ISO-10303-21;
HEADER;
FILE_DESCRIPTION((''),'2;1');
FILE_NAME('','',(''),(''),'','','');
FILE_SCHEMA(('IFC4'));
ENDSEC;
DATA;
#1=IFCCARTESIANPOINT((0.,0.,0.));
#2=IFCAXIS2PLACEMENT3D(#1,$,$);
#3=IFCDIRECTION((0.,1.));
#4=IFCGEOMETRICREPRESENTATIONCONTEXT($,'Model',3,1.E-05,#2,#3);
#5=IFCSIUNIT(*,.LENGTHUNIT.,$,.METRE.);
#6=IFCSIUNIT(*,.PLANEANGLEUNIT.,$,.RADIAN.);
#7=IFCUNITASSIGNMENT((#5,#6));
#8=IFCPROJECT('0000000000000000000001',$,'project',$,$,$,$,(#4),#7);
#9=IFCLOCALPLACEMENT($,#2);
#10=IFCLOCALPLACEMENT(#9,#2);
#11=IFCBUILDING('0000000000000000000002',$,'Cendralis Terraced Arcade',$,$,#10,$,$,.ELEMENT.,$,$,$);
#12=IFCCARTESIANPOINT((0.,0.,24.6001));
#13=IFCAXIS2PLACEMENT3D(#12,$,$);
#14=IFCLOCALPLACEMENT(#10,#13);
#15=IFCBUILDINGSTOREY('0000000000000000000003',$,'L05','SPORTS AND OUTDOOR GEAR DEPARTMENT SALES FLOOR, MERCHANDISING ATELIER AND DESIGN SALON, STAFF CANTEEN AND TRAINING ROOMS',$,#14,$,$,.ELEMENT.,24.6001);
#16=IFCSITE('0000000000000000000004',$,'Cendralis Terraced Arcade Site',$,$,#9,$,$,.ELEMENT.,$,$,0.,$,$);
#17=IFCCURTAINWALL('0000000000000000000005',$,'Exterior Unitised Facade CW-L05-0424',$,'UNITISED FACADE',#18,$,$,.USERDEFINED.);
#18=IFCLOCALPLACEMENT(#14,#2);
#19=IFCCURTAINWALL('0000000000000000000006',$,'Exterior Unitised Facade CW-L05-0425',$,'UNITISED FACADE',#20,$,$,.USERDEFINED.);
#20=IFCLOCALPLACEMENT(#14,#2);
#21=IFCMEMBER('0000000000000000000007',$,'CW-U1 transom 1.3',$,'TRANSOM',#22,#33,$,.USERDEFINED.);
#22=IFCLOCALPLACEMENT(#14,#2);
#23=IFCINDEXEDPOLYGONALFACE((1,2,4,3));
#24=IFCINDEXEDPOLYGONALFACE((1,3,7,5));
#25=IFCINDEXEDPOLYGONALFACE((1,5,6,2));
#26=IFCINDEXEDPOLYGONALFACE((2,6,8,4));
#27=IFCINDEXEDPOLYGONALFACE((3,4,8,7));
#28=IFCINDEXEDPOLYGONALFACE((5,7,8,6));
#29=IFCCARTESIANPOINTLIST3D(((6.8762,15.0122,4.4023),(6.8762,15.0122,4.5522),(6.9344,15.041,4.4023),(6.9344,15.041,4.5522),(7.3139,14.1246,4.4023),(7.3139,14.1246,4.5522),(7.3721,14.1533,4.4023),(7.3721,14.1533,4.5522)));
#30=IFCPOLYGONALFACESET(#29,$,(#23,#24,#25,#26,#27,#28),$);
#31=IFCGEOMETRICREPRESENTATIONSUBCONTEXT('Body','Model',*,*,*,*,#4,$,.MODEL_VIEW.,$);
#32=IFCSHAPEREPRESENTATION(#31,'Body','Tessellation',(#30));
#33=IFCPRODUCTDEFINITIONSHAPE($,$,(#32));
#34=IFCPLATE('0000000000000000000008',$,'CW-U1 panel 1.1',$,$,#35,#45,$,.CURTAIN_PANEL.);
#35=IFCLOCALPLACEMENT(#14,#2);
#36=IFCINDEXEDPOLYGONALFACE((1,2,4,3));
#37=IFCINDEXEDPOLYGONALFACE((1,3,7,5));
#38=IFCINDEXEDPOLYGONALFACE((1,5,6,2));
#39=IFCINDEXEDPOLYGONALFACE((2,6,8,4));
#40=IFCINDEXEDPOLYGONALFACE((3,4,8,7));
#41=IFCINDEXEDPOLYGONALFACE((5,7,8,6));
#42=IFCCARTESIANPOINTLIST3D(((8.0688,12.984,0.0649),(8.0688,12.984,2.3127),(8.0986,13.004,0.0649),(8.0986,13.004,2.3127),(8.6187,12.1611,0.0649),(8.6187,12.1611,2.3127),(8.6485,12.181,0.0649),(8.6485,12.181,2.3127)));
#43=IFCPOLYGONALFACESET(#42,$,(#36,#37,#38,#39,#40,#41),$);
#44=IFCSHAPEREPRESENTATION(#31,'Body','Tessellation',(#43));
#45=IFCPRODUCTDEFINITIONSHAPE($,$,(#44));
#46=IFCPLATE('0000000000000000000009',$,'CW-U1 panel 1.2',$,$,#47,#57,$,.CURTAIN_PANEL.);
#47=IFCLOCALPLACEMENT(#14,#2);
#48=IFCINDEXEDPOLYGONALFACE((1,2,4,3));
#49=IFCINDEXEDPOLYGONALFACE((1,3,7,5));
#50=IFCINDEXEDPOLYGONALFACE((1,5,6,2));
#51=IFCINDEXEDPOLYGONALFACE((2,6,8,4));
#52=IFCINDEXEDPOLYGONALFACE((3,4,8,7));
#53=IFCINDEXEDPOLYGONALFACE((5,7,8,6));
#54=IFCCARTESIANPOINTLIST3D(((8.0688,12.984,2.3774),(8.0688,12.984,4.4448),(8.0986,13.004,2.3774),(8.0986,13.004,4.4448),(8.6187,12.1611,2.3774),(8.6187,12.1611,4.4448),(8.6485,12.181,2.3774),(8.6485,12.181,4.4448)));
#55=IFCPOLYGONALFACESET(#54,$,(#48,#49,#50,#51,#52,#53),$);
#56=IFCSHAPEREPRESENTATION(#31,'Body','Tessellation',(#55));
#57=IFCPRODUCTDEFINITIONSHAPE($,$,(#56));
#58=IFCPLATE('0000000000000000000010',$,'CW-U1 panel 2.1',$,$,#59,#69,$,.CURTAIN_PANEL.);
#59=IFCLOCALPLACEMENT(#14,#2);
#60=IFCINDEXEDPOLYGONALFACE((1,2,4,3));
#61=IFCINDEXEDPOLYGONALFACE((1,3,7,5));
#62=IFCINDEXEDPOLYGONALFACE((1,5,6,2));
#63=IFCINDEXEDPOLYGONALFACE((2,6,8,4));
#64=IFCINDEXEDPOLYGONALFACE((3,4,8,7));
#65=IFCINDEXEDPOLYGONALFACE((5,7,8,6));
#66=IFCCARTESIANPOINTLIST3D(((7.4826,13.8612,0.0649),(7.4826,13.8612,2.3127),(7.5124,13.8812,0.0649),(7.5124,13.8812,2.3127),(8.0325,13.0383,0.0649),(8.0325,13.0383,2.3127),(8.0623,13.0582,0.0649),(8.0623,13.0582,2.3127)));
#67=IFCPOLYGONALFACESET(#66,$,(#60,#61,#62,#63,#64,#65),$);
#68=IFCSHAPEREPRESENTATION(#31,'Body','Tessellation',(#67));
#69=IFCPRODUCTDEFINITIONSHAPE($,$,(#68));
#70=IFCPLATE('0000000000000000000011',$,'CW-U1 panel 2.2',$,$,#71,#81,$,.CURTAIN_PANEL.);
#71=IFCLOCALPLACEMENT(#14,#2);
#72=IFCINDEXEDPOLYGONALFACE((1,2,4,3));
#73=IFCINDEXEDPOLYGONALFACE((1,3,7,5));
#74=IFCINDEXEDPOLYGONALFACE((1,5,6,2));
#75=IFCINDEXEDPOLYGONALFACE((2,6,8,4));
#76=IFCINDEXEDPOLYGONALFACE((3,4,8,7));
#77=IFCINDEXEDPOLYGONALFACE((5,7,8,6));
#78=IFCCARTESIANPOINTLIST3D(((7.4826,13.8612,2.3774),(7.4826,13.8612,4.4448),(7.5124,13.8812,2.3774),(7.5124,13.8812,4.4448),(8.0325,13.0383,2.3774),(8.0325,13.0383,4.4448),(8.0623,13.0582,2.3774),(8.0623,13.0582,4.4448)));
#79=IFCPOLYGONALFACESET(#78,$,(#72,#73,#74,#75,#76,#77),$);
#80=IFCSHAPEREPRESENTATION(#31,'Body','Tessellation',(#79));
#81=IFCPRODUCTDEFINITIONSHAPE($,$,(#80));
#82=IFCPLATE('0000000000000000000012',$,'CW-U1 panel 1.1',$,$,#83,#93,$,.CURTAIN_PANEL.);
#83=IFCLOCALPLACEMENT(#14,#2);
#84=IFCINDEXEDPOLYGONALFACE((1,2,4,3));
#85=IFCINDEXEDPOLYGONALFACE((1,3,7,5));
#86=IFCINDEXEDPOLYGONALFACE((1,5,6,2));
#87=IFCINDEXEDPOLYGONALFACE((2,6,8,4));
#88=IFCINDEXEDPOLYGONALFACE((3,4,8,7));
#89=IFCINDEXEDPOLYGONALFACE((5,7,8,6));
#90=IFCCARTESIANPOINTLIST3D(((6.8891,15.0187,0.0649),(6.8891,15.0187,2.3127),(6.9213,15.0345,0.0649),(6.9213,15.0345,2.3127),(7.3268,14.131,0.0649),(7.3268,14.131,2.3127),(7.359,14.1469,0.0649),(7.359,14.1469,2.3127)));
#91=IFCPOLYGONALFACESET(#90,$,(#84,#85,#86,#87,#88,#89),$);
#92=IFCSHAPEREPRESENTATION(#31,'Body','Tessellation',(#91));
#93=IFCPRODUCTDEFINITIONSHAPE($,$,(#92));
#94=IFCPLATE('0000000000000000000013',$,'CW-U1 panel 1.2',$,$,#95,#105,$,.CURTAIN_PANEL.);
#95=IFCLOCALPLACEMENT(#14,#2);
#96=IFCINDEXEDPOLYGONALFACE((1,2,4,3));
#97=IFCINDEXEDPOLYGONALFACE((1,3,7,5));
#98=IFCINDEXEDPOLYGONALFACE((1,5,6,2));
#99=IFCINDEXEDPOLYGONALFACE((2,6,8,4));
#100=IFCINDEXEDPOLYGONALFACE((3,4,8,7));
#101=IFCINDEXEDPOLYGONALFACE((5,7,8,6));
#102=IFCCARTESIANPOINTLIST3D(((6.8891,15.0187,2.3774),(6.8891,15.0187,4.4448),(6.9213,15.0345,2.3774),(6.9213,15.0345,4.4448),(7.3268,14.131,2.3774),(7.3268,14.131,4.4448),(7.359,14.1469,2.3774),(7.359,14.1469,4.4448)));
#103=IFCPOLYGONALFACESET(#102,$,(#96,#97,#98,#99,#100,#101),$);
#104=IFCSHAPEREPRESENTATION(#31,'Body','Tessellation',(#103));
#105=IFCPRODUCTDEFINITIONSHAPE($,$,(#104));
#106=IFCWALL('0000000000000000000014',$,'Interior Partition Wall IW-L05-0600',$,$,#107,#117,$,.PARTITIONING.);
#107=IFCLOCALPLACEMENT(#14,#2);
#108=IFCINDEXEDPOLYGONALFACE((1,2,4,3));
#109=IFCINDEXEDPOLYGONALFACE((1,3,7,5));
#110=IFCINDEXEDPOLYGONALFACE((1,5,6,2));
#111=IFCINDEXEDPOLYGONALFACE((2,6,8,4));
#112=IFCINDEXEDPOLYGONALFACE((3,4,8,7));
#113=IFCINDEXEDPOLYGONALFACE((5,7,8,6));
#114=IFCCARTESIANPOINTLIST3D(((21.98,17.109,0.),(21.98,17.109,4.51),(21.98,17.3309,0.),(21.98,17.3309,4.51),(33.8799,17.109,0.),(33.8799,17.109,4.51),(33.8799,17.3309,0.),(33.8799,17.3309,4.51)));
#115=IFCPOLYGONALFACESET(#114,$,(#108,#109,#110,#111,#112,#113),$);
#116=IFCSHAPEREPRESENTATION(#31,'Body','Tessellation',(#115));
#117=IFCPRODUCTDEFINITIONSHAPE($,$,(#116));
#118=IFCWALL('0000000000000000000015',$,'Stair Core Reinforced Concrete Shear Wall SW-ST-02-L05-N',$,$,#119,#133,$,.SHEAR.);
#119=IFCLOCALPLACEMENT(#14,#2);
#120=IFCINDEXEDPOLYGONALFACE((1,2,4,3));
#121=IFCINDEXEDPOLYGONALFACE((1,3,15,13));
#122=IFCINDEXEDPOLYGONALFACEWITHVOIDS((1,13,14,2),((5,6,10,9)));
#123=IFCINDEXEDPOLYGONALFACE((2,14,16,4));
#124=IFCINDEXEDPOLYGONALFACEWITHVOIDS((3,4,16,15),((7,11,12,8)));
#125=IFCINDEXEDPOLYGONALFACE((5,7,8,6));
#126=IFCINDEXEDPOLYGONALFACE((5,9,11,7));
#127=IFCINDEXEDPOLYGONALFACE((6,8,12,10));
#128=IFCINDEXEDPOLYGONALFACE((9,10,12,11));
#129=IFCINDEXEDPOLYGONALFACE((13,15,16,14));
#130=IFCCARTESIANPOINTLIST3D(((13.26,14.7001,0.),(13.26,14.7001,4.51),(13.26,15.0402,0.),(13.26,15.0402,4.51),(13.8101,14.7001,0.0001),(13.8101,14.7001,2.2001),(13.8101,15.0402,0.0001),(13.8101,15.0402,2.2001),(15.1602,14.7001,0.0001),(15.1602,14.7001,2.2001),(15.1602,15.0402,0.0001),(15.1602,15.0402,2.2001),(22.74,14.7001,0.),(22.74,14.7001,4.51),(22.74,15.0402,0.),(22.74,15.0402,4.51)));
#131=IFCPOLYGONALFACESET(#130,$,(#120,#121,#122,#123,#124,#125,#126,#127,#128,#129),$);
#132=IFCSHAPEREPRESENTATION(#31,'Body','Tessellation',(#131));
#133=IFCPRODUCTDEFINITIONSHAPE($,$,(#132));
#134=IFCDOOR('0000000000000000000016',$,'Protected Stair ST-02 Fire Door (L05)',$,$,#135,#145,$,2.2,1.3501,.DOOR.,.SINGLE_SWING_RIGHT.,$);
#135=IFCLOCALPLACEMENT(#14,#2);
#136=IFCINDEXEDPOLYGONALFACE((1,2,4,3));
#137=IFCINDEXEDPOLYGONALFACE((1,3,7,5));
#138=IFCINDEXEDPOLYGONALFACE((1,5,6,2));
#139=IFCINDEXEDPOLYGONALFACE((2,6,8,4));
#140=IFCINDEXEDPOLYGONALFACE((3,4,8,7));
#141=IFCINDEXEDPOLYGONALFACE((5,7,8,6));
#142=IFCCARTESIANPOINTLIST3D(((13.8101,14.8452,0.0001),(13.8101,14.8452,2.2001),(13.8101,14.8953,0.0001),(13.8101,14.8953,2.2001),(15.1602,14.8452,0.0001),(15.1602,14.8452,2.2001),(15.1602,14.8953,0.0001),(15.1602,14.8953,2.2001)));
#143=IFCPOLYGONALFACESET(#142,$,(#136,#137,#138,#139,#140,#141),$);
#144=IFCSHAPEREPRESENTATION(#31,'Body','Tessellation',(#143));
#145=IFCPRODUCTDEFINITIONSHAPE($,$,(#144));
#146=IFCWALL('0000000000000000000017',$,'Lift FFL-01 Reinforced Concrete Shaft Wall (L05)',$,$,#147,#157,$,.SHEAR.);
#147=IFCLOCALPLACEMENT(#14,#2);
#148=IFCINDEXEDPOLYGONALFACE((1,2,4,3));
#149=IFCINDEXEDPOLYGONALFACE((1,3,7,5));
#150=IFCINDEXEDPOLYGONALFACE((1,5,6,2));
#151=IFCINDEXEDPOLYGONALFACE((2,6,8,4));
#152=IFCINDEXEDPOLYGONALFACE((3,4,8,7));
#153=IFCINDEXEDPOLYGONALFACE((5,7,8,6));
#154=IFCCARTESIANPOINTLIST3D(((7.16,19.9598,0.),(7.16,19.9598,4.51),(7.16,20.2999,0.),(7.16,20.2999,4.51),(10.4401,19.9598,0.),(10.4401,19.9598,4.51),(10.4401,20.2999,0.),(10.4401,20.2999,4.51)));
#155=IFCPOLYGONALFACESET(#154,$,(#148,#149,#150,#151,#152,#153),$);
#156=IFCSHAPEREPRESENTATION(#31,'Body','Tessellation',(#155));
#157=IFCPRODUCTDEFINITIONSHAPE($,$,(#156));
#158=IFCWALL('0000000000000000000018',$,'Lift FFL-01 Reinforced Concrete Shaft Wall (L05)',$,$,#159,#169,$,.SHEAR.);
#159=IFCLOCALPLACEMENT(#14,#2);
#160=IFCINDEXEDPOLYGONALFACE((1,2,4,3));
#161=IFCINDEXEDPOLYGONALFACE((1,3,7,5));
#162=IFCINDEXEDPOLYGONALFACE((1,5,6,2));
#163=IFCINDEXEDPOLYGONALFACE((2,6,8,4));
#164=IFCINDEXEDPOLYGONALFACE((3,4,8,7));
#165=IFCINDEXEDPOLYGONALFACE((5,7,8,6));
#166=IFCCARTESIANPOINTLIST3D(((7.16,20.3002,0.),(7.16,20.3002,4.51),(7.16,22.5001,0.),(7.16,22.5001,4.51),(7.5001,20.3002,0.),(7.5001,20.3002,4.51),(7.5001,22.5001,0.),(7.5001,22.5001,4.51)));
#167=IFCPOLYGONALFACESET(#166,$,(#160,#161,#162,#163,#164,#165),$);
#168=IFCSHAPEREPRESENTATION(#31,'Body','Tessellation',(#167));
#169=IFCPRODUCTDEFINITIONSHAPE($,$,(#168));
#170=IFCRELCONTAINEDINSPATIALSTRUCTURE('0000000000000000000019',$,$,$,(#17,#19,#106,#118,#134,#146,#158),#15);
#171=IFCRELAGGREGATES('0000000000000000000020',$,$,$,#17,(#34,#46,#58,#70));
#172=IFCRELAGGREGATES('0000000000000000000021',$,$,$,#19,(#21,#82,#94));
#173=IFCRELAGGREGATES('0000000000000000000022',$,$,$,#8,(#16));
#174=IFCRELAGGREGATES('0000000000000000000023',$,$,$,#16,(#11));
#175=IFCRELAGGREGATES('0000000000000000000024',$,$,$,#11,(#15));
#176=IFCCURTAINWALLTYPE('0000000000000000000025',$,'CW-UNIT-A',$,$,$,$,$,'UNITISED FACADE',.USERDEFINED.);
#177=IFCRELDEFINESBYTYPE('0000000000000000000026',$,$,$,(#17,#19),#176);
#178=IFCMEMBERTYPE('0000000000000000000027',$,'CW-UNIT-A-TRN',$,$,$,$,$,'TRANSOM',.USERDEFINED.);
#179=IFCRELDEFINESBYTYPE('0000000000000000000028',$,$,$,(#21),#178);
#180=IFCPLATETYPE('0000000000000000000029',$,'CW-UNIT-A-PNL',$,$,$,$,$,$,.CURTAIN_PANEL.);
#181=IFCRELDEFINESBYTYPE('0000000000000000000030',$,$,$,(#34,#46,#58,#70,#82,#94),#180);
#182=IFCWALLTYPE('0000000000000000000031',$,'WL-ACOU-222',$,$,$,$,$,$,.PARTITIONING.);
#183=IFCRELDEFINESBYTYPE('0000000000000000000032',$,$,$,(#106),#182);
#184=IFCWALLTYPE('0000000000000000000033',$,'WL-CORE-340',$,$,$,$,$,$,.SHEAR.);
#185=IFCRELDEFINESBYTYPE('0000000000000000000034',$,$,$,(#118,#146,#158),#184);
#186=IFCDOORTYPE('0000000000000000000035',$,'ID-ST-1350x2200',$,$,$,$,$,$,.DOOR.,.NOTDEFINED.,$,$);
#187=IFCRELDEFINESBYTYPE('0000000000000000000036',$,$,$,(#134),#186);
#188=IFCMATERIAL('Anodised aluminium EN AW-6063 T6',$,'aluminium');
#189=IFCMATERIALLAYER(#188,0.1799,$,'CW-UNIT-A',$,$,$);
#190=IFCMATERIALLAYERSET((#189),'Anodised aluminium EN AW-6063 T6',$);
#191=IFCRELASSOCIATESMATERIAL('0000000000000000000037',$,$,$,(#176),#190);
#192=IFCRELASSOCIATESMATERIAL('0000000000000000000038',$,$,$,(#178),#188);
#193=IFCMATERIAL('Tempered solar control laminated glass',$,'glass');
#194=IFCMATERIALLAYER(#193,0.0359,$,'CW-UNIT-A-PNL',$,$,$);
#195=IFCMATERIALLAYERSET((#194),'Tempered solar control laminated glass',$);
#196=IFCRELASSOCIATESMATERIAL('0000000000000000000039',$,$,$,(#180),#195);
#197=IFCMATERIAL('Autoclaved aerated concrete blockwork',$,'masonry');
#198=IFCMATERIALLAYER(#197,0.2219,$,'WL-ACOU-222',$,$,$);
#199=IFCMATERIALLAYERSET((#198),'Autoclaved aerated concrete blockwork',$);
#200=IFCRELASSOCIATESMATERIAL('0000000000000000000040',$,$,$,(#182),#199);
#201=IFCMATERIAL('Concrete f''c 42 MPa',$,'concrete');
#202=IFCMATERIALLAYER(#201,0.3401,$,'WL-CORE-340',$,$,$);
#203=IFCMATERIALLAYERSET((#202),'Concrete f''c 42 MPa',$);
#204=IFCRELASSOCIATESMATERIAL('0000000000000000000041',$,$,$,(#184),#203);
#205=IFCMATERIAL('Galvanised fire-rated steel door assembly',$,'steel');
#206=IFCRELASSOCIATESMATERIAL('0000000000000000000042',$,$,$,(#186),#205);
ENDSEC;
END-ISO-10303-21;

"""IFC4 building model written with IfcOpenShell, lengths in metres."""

from ifc_helpers import new_model, si_unit, direction, frame, frame_2d, origin, origin_2d, place, context, subcontext, project, spatial, rectangle, extrude, material, layer, layer_set, material_profile, profile_set, type_object, element, fill, aggregate, save


model = new_model("IFC4")

# Units and contexts
model_context = context("Model", 3, precision=1e-05, world=origin(), true_north=direction((0.0, 1.0)))
body_context = subcontext(model_context, "Body", "Model", "MODEL_VIEW")
ifc_project = project(units=[si_unit("LENGTHUNIT", "METRE"), si_unit("PLANEANGLEUNIT", "RADIAN")], contexts=[model_context])

# Site, building, storey
site_placement = place(None, origin())
site = spatial("IfcSite", under=ifc_project, at=site_placement, Name="Cendralis Terraced Arcade Site", CompositionType="ELEMENT", RefElevation=0.0)
building_placement = place(site_placement, origin())
building = spatial("IfcBuilding", under=site, at=building_placement, Name="Cendralis Terraced Arcade", CompositionType="ELEMENT")
storey_placement = place(building_placement, frame((0.0, 0.0, 24.6001)))
storey = spatial("IfcBuildingStorey", under=building, at=storey_placement, Name="L05", Description="SPORTS AND OUTDOOR GEAR DEPARTMENT SALES FLOOR, MERCHANDISING ATELIER AND DESIGN SALON, STAFF CANTEEN AND TRAINING ROOMS", CompositionType="ELEMENT", Elevation=24.6001)

# Shared definitions
ifc_material_1 = material(Name="Concrete f'c 42 MPa", Category="concrete")

# Curtain wall
ifc_material_2 = material(Name="Anodised aluminium EN AW-6063 T6", Category="aluminium")
ifc_layer_1 = layer(ifc_material_2, 0.1799, Name="CW-UNIT-A")
ifc_layer_set_1 = layer_set([ifc_layer_1], Name="Anodised aluminium EN AW-6063 T6")
curtain_wall_type = type_object("IfcCurtainWallType", Name="CW-UNIT-A", ElementType="UNITISED FACADE", PredefinedType="USERDEFINED", material=ifc_layer_set_1)
curtain_wall_1_placement = place(storey_placement, origin())
curtain_wall_1 = element("IfcCurtainWall", 1, at=curtain_wall_1_placement, inside=storey, type_object=curtain_wall_type, Name="Exterior Unitised Facade CW-L05-0424", ObjectType="UNITISED FACADE", PredefinedType="USERDEFINED")

# Curtain wall
curtain_wall_2_placement = place(storey_placement, origin())
curtain_wall_2 = element("IfcCurtainWall", 2, at=curtain_wall_2_placement, inside=storey, type_object=curtain_wall_type, Name="Exterior Unitised Facade CW-L05-0425", ObjectType="UNITISED FACADE", PredefinedType="USERDEFINED")

# Member
ifc_material_profile_1 = material_profile(ifc_material_2, rectangle(XDim=0.0649, YDim=0.1499, at=origin_2d()), Name="ALU-TRN-65x150")
ifc_profile_set_1 = profile_set([ifc_material_profile_1], Name="Anodised aluminium EN AW-6063 T6")
member_type_1 = type_object("IfcMemberType", Name="CW-UNIT-A-TRN", ElementType="TRANSOM", PredefinedType="USERDEFINED", material=ifc_profile_set_1)
member_1_placement = place(storey_placement, frame((7.343, 14.1389, 4.4773), z_axis=(-0.442273, 0.89688, 0.0), x_axis=(-0.89688, -0.442273, 0.0)))
member_1 = element("IfcMember", 3, at=member_1_placement, type_object=member_type_1, Name="CW-U1 transom 1.3", ObjectType="TRANSOM", PredefinedType="USERDEFINED", context=body_context, shape_type="SweptSolid", body=[
    extrude(rectangle(XDim=0.0649, YDim=0.1499, at=origin_2d()), origin(), (0.0, 0.0, 1.0), 0.9897),
])

# Plates
ifc_material_3 = material(Name="Tempered solar control laminated glass", Category="glass")
ifc_layer_2 = layer(ifc_material_3, 0.0359, Name="CW-UNIT-A-PNL")
ifc_layer_set_2 = layer_set([ifc_layer_2], Name="Tempered solar control laminated glass")
plate_type = type_object("IfcPlateType", Name="CW-UNIT-A-PNL", PredefinedType="CURTAIN_PANEL", material=ifc_layer_set_2)
plate_1_placement = place(storey_placement, frame((8.3586, 12.5825, 0.0649), z_axis=(0.0, 0.0, 1.0), x_axis=(-0.555559, 0.831477, 0.0)))
plate_1 = element("IfcPlate", 4, at=plate_1_placement, type_object=plate_type, Name="CW-U1 panel 1.1", PredefinedType="CURTAIN_PANEL", context=body_context, shape_type="SweptSolid", body=[
    extrude(rectangle(XDim=0.9897, YDim=0.0359, at=origin_2d()), origin(), (0.0, 0.0, 1.0), 2.2478),
])
plate_2_placement = place(storey_placement, frame((8.3586, 12.5825, 2.3774), z_axis=(0.0, 0.0, 1.0), x_axis=(-0.555559, 0.831477, 0.0)))
plate_2 = element("IfcPlate", 5, at=plate_2_placement, type_object=plate_type, Name="CW-U1 panel 1.2", PredefinedType="CURTAIN_PANEL", context=body_context, shape_type="SweptSolid", body=[
    extrude(rectangle(XDim=0.9897, YDim=0.0359, at=origin_2d()), origin(), (0.0, 0.0, 1.0), 2.0674),
])
plate_3_placement = place(storey_placement, frame((7.7725, 13.4597, 0.0649), z_axis=(0.0, 0.0, 1.0), x_axis=(-0.555559, 0.831477, 0.0)))
plate_3 = element("IfcPlate", 6, at=plate_3_placement, type_object=plate_type, Name="CW-U1 panel 2.1", PredefinedType="CURTAIN_PANEL", context=body_context, shape_type="SweptSolid", body=[
    extrude(rectangle(XDim=0.9897, YDim=0.0359, at=origin_2d()), origin(), (0.0, 0.0, 1.0), 2.2478),
])
plate_4_placement = place(storey_placement, frame((7.7725, 13.4597, 2.3774), z_axis=(0.0, 0.0, 1.0), x_axis=(-0.555559, 0.831477, 0.0)))
plate_4 = element("IfcPlate", 7, at=plate_4_placement, type_object=plate_type, Name="CW-U1 panel 2.2", PredefinedType="CURTAIN_PANEL", context=body_context, shape_type="SweptSolid", body=[
    extrude(rectangle(XDim=0.9897, YDim=0.0359, at=origin_2d()), origin(), (0.0, 0.0, 1.0), 2.0674),
])
aggregate(curtain_wall_1, [plate_1, plate_2, plate_3, plate_4])
plate_5_placement = place(storey_placement, frame((7.124, 14.5828, 0.0649), z_axis=(0.0, 0.0, 1.0), x_axis=(-0.442259, 0.896888, 0.0)))
plate_5 = element("IfcPlate", 8, at=plate_5_placement, type_object=plate_type, Name="CW-U1 panel 1.1", PredefinedType="CURTAIN_PANEL", context=body_context, shape_type="SweptSolid", body=[
    extrude(rectangle(XDim=0.9897, YDim=0.0359, at=origin_2d()), origin(), (0.0, 0.0, 1.0), 2.2478),
])
plate_6_placement = place(storey_placement, frame((7.124, 14.5828, 2.3774), z_axis=(0.0, 0.0, 1.0), x_axis=(-0.442259, 0.896888, 0.0)))
plate_6 = element("IfcPlate", 9, at=plate_6_placement, type_object=plate_type, Name="CW-U1 panel 1.2", PredefinedType="CURTAIN_PANEL", context=body_context, shape_type="SweptSolid", body=[
    extrude(rectangle(XDim=0.9897, YDim=0.0359, at=origin_2d()), origin(), (0.0, 0.0, 1.0), 2.0674),
])
aggregate(curtain_wall_2, [member_1, plate_5, plate_6])

# Wall
ifc_material_4 = material(Name="Autoclaved aerated concrete blockwork", Category="masonry")
ifc_layer_3 = layer(ifc_material_4, 0.2219, Name="WL-ACOU-222")
ifc_layer_set_3 = layer_set([ifc_layer_3], Name="Autoclaved aerated concrete blockwork")
wall_type_1 = type_object("IfcWallType", Name="WL-ACOU-222", PredefinedType="PARTITIONING", material=ifc_layer_set_3)
wall_1_placement = place(storey_placement, frame((21.98, 17.22, 0.0), z_axis=(0.0, 0.0, 1.0), x_axis=(1.0, 0.0, 0.0)))
element("IfcWall", 10, at=wall_1_placement, inside=storey, type_object=wall_type_1, Name="Interior Partition Wall IW-L05-0600", PredefinedType="PARTITIONING", context=body_context, shape_type="SweptSolid", body=[
    extrude(rectangle(XDim=11.8999, YDim=0.2219, at=frame_2d((5.95, 0.0))), origin(), (0.0, 0.0, 1.0), 4.51),
])

# Wall, opening, door
ifc_layer_4 = layer(ifc_material_1, 0.3401, Name="WL-CORE-340")
ifc_layer_set_4 = layer_set([ifc_layer_4], Name="Concrete f'c 42 MPa")
wall_type_2 = type_object("IfcWallType", Name="WL-CORE-340", PredefinedType="SHEAR", material=ifc_layer_set_4)
wall_2_placement = place(storey_placement, frame((13.26, 14.8701, 0.0), z_axis=(0.0, 0.0, 1.0), x_axis=(1.0, 0.0, 0.0)))
wall_2 = element("IfcWall", 11, at=wall_2_placement, inside=storey, type_object=wall_type_2, Name="Stair Core Reinforced Concrete Shear Wall SW-ST-02-L05-N", PredefinedType="SHEAR", context=body_context, shape_type="SweptSolid", body=[
    extrude(rectangle(XDim=9.48, YDim=0.3401, at=frame_2d((4.74, 0.0))), origin(), (0.0, 0.0, 1.0), 4.51),
])
opening_1_placement = place(wall_2_placement, frame((0.55, 0.0, 0.0)))
opening_1 = element("IfcOpeningElement", 12, at=opening_1_placement, cuts=wall_2, PredefinedType="OPENING", context=body_context, shape_type="SweptSolid", body=[
    extrude(rectangle(XDim=1.3501, YDim=2.2, at=frame_2d((0.675, 1.1001))), frame((0.0, 0.1821, 0.0), z_axis=(0.0, -1.0, 0.0), x_axis=(1.0, 0.0, 0.0)), (0.0, 0.0, 1.0), 0.364),
])
ifc_material_5 = material(Name="Galvanised fire-rated steel door assembly", Category="steel")
door_type_1 = type_object("IfcDoorType", Name="ID-ST-1350x2200", OperationType="NOTDEFINED", PredefinedType="DOOR", material=ifc_material_5)
door_1_placement = place(opening_1_placement, frame((1.3501, 0.0, 0.0), z_axis=(0.0, 0.0, 1.0), x_axis=(-1.0, 0.0, 0.0)))
door_1 = element("IfcDoor", 13, at=door_1_placement, inside=storey, type_object=door_type_1, Name="Protected Stair ST-02 Fire Door (L05)", OperationType="SINGLE_SWING_RIGHT", OverallHeight=2.2, OverallWidth=1.3501, PredefinedType="DOOR", context=body_context, shape_type="SweptSolid", body=[
    extrude(rectangle(XDim=1.3501, YDim=2.2, at=frame_2d((0.675, 1.1001))), frame((0.0, 0.0249, 0.0), z_axis=(0.0, -1.0, 0.0), x_axis=(1.0, 0.0, 0.0)), (0.0, 0.0, 1.0), 0.05),
])
fill(opening_1, door_1)

# Walls
wall_3_placement = place(storey_placement, frame((7.1599, 20.1299, 0.0), z_axis=(0.0, 0.0, 1.0), x_axis=(1.0, 0.0, 0.0)))
element("IfcWall", 14, at=wall_3_placement, inside=storey, type_object=wall_type_2, Name="Lift FFL-01 Reinforced Concrete Shaft Wall (L05)", PredefinedType="SHEAR", context=body_context, shape_type="SweptSolid", body=[
    extrude(rectangle(XDim=3.28, YDim=0.3401, at=frame_2d((1.6401, 0.0))), origin(), (0.0, 0.0, 1.0), 4.51),
])
wall_4_placement = place(storey_placement, frame((7.3301, 20.3, 0.0), z_axis=(0.0, 0.0, 1.0), x_axis=(0.0, 1.0, 0.0)))
element("IfcWall", 15, at=wall_4_placement, inside=storey, type_object=wall_type_2, Name="Lift FFL-01 Reinforced Concrete Shaft Wall (L05)", PredefinedType="SHEAR", context=body_context, shape_type="SweptSolid", body=[
    extrude(rectangle(XDim=2.2, YDim=0.3401, at=frame_2d((1.1001, 0.0))), origin(), (0.0, 0.0, 1.0), 4.51),
])

save(model, "model.ifc")
